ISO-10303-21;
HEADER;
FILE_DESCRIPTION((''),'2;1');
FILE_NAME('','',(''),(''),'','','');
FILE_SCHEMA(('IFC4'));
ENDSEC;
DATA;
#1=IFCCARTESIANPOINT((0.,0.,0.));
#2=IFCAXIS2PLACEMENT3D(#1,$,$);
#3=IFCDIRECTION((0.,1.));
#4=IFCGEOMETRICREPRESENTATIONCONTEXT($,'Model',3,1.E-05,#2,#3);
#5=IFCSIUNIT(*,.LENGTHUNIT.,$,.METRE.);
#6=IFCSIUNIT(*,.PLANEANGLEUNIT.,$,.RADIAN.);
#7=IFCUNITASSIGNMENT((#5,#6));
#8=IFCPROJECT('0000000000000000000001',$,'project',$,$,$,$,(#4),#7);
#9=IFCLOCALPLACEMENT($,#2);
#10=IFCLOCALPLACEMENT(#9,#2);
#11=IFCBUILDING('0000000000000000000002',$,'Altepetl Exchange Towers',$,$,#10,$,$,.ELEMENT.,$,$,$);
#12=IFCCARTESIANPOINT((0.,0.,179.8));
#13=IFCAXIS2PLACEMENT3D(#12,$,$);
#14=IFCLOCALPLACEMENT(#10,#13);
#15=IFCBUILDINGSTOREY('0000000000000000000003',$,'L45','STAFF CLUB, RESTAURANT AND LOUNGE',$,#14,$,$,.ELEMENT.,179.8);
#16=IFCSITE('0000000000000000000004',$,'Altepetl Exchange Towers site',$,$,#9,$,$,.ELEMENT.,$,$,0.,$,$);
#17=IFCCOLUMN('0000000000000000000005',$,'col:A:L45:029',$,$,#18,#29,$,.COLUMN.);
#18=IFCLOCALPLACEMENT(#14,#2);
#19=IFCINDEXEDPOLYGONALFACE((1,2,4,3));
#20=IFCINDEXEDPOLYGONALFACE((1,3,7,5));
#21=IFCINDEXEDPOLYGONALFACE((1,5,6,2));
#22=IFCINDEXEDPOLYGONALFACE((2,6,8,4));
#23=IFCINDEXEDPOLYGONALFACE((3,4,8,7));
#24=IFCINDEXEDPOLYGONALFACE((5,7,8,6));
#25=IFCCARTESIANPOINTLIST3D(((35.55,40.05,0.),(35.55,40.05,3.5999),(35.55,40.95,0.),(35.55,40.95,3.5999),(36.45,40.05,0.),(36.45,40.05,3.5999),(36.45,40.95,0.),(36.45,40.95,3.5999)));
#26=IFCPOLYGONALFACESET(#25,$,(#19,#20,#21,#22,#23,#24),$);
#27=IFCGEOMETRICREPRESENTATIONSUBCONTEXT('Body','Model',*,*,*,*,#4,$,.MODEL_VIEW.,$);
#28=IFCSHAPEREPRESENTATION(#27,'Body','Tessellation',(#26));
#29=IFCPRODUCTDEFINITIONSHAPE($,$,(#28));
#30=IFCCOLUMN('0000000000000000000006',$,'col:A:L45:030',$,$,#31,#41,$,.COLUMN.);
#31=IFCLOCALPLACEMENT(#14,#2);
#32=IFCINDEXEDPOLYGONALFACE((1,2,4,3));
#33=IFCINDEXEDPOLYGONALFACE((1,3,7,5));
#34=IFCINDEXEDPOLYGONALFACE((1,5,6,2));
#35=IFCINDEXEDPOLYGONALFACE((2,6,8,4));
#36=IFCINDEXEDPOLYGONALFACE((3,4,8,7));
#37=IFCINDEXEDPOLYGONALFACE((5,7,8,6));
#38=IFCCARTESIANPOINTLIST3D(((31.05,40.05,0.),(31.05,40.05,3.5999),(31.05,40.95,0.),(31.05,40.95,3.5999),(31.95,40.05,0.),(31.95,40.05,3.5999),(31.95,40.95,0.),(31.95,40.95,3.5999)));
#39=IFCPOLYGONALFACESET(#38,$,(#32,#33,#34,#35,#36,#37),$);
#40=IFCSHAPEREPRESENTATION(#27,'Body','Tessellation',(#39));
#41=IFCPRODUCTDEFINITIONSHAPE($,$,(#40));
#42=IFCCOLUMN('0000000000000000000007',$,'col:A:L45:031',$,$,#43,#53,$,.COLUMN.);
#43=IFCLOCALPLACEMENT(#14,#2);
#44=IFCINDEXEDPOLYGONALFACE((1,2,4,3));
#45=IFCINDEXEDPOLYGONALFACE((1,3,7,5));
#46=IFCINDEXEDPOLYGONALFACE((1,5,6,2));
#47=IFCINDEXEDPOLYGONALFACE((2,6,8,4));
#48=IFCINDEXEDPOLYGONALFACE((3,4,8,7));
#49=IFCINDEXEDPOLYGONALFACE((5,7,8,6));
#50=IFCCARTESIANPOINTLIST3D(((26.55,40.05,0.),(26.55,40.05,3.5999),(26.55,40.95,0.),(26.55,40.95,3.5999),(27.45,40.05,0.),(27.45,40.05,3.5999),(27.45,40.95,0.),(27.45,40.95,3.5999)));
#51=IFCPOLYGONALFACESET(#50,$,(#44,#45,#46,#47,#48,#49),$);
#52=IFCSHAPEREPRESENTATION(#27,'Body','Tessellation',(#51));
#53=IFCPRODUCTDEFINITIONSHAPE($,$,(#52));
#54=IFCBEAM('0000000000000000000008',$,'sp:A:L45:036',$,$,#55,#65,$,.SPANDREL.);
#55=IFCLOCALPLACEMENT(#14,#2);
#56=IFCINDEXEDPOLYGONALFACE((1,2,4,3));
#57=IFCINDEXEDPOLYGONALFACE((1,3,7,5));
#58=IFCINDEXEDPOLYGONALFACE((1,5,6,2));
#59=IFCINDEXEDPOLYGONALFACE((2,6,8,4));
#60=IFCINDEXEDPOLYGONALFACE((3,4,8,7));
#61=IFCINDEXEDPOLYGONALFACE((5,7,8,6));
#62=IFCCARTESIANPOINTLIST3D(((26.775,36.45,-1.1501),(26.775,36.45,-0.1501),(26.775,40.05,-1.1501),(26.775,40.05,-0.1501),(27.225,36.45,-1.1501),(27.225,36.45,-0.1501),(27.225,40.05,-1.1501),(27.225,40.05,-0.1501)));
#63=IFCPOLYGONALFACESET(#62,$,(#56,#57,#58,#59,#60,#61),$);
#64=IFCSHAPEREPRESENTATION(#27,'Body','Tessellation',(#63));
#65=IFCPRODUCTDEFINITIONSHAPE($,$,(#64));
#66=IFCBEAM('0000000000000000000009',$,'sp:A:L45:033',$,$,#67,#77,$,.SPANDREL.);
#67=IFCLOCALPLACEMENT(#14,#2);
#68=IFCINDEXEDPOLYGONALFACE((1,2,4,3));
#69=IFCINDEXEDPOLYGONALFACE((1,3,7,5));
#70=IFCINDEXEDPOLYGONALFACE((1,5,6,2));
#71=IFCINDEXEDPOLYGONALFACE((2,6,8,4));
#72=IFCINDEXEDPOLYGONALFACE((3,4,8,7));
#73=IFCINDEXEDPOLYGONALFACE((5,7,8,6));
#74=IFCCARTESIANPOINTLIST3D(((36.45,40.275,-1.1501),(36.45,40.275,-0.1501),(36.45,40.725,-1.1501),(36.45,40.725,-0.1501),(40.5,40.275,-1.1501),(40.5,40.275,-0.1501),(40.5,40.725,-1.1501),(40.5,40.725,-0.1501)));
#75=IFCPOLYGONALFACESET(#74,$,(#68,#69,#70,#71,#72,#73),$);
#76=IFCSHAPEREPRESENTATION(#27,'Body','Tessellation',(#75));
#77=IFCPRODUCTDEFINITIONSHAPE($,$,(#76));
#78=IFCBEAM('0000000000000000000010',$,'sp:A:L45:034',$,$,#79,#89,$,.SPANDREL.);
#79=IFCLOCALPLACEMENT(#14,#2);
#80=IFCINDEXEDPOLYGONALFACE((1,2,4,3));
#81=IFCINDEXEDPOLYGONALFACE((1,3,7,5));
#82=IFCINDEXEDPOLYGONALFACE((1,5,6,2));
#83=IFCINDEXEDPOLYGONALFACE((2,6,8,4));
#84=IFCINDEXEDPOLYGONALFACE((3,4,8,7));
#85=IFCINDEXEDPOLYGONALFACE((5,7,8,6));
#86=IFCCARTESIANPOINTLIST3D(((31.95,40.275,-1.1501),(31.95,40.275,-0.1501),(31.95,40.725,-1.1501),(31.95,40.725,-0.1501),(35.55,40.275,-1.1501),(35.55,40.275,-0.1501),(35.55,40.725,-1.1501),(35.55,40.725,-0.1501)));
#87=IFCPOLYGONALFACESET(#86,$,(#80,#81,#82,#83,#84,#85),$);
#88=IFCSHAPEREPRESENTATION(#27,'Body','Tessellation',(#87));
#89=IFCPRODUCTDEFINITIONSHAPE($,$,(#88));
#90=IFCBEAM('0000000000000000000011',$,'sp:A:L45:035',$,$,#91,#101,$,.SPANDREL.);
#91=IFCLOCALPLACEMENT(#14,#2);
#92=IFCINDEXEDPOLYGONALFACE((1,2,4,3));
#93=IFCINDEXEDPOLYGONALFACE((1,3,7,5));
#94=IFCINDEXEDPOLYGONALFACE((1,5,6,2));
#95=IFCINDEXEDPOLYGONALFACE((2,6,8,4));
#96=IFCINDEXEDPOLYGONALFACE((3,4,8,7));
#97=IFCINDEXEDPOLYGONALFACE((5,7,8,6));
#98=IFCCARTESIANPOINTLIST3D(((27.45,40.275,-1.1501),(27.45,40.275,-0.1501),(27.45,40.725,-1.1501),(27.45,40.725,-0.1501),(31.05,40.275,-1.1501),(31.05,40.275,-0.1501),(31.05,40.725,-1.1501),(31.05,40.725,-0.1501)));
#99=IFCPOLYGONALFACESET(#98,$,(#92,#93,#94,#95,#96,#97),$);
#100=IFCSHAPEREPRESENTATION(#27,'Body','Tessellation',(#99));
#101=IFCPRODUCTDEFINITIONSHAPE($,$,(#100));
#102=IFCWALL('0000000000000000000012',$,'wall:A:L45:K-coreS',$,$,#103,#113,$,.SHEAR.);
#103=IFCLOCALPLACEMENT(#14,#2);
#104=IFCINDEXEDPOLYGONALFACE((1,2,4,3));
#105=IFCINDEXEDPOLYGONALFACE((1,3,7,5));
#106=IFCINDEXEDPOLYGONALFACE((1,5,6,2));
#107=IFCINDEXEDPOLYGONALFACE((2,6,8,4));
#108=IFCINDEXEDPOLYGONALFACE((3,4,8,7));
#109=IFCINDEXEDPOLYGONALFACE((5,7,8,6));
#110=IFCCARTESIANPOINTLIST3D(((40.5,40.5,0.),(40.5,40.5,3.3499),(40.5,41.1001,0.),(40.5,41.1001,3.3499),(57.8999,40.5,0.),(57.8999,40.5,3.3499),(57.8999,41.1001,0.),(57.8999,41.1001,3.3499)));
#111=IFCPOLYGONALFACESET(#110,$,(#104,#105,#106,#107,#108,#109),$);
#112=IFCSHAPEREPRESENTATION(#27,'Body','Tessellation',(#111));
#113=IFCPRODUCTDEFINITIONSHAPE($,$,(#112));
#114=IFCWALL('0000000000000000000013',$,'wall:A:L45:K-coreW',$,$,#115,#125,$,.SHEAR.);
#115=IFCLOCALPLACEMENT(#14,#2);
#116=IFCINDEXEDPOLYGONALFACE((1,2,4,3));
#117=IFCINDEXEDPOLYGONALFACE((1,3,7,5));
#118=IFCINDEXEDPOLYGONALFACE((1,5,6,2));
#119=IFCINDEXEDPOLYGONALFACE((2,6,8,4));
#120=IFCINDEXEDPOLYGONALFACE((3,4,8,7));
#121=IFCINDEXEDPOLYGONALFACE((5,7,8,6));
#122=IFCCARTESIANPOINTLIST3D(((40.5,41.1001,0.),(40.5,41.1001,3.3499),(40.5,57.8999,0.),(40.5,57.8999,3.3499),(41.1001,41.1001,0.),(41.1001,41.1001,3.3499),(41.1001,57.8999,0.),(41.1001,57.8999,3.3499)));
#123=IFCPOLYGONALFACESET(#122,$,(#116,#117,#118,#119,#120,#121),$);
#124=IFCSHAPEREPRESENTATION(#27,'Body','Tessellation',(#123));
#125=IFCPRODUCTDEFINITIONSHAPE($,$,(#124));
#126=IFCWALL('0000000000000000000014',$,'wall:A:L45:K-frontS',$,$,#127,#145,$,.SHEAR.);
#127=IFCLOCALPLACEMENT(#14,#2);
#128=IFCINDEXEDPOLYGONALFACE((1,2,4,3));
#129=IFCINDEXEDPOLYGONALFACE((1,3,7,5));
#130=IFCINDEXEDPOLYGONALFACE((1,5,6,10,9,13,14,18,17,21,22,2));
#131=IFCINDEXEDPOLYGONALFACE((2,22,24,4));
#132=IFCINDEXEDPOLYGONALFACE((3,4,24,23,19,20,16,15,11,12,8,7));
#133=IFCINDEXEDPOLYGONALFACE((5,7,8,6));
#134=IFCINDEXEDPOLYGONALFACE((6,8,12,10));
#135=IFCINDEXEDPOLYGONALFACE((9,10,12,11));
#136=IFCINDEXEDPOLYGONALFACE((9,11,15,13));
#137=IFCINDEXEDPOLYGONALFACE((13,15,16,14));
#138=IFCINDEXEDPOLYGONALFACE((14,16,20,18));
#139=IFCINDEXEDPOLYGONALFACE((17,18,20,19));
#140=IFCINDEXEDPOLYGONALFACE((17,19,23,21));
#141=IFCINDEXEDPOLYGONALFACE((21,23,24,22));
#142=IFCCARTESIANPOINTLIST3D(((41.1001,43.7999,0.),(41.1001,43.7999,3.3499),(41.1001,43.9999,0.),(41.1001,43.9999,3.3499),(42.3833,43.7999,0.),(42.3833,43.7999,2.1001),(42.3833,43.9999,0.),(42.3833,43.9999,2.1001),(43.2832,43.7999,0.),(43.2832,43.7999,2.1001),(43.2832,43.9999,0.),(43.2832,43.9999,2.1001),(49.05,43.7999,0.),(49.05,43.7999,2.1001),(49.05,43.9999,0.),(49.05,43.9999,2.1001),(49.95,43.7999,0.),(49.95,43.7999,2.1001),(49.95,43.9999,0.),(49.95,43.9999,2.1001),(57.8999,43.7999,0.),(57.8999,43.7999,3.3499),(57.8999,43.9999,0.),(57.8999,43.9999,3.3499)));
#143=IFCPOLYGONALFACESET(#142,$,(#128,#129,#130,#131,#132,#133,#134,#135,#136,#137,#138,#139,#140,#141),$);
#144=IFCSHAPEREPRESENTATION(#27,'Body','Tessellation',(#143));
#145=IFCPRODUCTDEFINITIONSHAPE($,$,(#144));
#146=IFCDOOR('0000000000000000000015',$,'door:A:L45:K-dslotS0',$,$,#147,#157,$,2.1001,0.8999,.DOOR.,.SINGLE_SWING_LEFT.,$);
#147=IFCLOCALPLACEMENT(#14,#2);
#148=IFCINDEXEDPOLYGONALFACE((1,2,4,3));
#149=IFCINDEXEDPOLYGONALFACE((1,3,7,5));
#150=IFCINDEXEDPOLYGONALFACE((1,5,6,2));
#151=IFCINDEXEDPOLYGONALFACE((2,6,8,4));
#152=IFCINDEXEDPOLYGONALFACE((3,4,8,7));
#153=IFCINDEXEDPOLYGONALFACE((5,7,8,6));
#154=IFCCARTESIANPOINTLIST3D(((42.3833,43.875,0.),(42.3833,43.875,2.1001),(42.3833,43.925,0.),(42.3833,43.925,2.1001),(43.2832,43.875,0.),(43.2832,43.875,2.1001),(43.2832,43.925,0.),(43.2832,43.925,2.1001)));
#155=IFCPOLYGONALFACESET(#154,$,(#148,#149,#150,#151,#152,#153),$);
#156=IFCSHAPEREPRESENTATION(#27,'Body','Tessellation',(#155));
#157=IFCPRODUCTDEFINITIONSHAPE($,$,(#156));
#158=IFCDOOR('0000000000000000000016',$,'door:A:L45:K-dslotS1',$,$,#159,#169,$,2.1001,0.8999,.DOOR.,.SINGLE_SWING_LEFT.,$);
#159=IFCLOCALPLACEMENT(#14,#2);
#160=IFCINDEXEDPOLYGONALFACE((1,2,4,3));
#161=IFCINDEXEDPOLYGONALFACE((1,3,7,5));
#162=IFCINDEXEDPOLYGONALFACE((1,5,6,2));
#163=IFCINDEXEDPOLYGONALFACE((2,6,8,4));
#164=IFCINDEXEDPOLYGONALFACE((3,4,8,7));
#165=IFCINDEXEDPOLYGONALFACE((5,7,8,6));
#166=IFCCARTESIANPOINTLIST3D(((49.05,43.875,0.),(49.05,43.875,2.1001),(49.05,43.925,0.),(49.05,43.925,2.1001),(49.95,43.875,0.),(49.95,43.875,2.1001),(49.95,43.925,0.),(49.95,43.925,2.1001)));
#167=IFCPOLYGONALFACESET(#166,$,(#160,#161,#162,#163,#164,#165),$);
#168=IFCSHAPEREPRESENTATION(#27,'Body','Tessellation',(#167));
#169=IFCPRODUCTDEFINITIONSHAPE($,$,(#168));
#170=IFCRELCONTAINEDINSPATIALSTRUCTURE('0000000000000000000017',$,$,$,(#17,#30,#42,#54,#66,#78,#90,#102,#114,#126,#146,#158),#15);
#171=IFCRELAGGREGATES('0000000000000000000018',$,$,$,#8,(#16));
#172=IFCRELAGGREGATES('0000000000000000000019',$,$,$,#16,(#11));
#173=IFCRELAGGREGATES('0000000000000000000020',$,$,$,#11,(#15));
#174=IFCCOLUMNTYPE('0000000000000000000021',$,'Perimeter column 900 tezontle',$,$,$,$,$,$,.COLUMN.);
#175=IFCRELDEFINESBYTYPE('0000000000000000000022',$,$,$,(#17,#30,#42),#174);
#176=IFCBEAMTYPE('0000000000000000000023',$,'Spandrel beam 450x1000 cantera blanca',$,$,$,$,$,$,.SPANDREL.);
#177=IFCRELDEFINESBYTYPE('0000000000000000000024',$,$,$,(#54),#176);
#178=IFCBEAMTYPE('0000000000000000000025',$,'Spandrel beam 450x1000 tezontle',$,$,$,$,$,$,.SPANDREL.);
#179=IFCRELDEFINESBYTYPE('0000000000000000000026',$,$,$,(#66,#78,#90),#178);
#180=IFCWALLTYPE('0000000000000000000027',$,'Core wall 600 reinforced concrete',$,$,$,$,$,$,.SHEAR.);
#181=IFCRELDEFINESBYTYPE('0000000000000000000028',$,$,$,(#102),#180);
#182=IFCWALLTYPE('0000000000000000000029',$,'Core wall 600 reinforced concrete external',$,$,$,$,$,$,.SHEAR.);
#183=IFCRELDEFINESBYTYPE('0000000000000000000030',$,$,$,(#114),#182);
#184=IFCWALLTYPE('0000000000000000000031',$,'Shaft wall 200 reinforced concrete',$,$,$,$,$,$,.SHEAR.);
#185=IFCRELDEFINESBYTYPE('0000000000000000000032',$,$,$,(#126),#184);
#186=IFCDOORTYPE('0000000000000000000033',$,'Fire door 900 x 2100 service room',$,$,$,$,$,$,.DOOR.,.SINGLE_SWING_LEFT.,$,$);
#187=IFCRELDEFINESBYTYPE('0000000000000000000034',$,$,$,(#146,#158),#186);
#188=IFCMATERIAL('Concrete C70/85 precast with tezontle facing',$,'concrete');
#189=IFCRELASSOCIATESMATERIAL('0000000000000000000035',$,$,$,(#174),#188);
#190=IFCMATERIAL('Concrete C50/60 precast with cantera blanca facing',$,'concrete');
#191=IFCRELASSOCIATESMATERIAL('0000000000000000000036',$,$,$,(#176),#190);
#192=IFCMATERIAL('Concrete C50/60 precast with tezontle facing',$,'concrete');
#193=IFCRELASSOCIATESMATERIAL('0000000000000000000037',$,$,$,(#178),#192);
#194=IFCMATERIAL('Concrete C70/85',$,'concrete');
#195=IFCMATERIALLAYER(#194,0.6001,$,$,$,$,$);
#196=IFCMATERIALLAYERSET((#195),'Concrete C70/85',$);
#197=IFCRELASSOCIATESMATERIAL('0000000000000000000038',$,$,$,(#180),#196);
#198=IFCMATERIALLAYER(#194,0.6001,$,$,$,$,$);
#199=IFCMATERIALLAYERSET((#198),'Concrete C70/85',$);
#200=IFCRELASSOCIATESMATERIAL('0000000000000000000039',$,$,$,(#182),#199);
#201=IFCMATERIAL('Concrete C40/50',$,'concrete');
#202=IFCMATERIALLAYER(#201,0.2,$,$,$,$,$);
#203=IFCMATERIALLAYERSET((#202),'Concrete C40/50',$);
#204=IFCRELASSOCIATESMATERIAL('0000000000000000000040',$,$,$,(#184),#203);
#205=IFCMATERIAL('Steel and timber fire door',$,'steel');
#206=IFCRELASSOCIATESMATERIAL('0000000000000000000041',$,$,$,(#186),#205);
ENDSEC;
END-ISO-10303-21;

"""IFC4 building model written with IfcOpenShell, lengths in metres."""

from ifc_helpers import new_model, si_unit, direction, frame, frame_2d, origin, origin_2d, place, context, subcontext, project, spatial, rectangle, extrude, material, layer, layer_set, material_profile, profile_set, type_object, element, fill, save


model = new_model("IFC4")

# Units and contexts
model_context = context("Model", 3, precision=1e-05, world=origin(), true_north=direction((0.0, 1.0)))
body_context = subcontext(model_context, "Body", "Model", "MODEL_VIEW")
ifc_project = project(units=[si_unit("LENGTHUNIT", "METRE"), si_unit("PLANEANGLEUNIT", "RADIAN")], contexts=[model_context])

# Site, building, storey
site_placement = place(None, origin())
site = spatial("IfcSite", under=ifc_project, at=site_placement, Name="Altepetl Exchange Towers site", CompositionType="ELEMENT", RefElevation=0.0)
building_placement = place(site_placement, origin())
building = spatial("IfcBuilding", under=site, at=building_placement, Name="Altepetl Exchange Towers", CompositionType="ELEMENT")
storey_placement = place(building_placement, frame((0.0, 0.0, 179.8)))
storey = spatial("IfcBuildingStorey", under=building, at=storey_placement, Name="L45", Description="STAFF CLUB, RESTAURANT AND LOUNGE", CompositionType="ELEMENT", Elevation=179.8)

# Columns
ifc_material_1 = material(Name="Concrete C70/85 precast with tezontle facing", Category="concrete")
ifc_material_profile_1 = material_profile(ifc_material_1, rectangle(XDim=0.8999, YDim=0.8999, at=origin_2d()), Name="900 x 900")
ifc_profile_set_1 = profile_set([ifc_material_profile_1], Name="Concrete C70/85 precast with tezontle facing")
column_type = type_object("IfcColumnType", Name="Perimeter column 900 tezontle", PredefinedType="COLUMN", material=ifc_profile_set_1)
for number, where, name in (
    (1, (36.0, 40.5, 0.0), "col:A:L45:029"),
    (2, (31.5, 40.5, 0.0), "col:A:L45:030"),
    (3, (27.0, 40.5, 0.0), "col:A:L45:031"),
):
    element("IfcColumn", number, at=place(storey_placement, frame(where)), inside=storey, type_object=column_type, Name=name, PredefinedType="COLUMN", context=body_context, shape_type="SweptSolid", body=[
        extrude(rectangle(XDim=0.8999, YDim=0.8999, at=origin_2d()), origin(), (0.0, 0.0, 1.0), 3.5999),
    ])

# Beams
ifc_material_2 = material(Name="Concrete C50/60 precast with cantera blanca facing", Category="concrete")
ifc_material_profile_2 = material_profile(ifc_material_2, rectangle(XDim=0.45, YDim=1.0, at=origin_2d()), Name="450 x 1000")
ifc_profile_set_2 = profile_set([ifc_material_profile_2], Name="Concrete C50/60 precast with cantera blanca facing")
beam_type_1 = type_object("IfcBeamType", Name="Spandrel beam 450x1000 cantera blanca", PredefinedType="SPANDREL", material=ifc_profile_set_2)
beam_1_placement = place(storey_placement, frame((27.0, 40.05, -0.6501), z_axis=(0.0, -1.0, 0.0), x_axis=(1.0, 0.0, 0.0)))
element("IfcBeam", 4, at=beam_1_placement, inside=storey, type_object=beam_type_1, Name="sp:A:L45:036", PredefinedType="SPANDREL", context=body_context, shape_type="SweptSolid", body=[
    extrude(rectangle(XDim=0.45, YDim=1.0, at=origin_2d()), origin(), (0.0, 0.0, 1.0), 3.6001),
])
ifc_material_3 = material(Name="Concrete C50/60 precast with tezontle facing", Category="concrete")
ifc_material_profile_3 = material_profile(ifc_material_3, rectangle(XDim=0.45, YDim=1.0, at=origin_2d()), Name="450 x 1000")
ifc_profile_set_3 = profile_set([ifc_material_profile_3], Name="Concrete C50/60 precast with tezontle facing")
beam_type_2 = type_object("IfcBeamType", Name="Spandrel beam 450x1000 tezontle", PredefinedType="SPANDREL", material=ifc_profile_set_3)
beam_2_placement = place(storey_placement, frame((40.5, 40.5, -0.6501), z_axis=(-1.0, 0.0, 0.0), x_axis=(0.0, -1.0, 0.0)))
element("IfcBeam", 5, at=beam_2_placement, inside=storey, type_object=beam_type_2, Name="sp:A:L45:033", PredefinedType="SPANDREL", context=body_context, shape_type="SweptSolid", body=[
    extrude(rectangle(XDim=0.45, YDim=1.0, at=origin_2d()), origin(), (0.0, 0.0, 1.0), 4.05),
])
for number, where, z_axis, x_axis, name in (
    (6, (35.55, 40.5, -0.6501), (-1.0, 0.0, 0.0), (0.0, -1.0, 0.0), "sp:A:L45:034"),
    (7, (31.05, 40.5, -0.6501), (-1.0, 0.0, 0.0), (0.0, -1.0, 0.0), "sp:A:L45:035"),
):
    element("IfcBeam", number, at=place(storey_placement, frame(where, z_axis=z_axis, x_axis=x_axis)), inside=storey, type_object=beam_type_2, Name=name, PredefinedType="SPANDREL", context=body_context, shape_type="SweptSolid", body=[
        extrude(rectangle(XDim=0.45, YDim=1.0, at=origin_2d()), origin(), (0.0, 0.0, 1.0), 3.6001),
    ])

# Walls
ifc_material_4 = material(Name="Concrete C70/85", Category="concrete")
ifc_layer_1 = layer(ifc_material_4, 0.6001)
ifc_layer_set_1 = layer_set([ifc_layer_1], Name="Concrete C70/85")
wall_type_1 = type_object("IfcWallType", Name="Core wall 600 reinforced concrete", PredefinedType="SHEAR", material=ifc_layer_set_1)
wall_1_placement = place(storey_placement, frame((40.5, 40.8, 0.0)))
element("IfcWall", 8, at=wall_1_placement, inside=storey, type_object=wall_type_1, Name="wall:A:L45:K-coreS", PredefinedType="SHEAR", context=body_context, shape_type="SweptSolid", body=[
    extrude(rectangle(XDim=17.3999, YDim=0.6001, at=frame_2d((8.7, 0.0))), origin(), (0.0, 0.0, 1.0), 3.3499),
])
ifc_layer_2 = layer(ifc_material_4, 0.6001)
ifc_layer_set_2 = layer_set([ifc_layer_2], Name="Concrete C70/85")
wall_type_2 = type_object("IfcWallType", Name="Core wall 600 reinforced concrete external", PredefinedType="SHEAR", material=ifc_layer_set_2)
wall_2_placement = place(storey_placement, frame((40.8, 41.1001, 0.0), z_axis=(0.0, 0.0, 1.0), x_axis=(0.0, 1.0, 0.0)))
element("IfcWall", 9, at=wall_2_placement, inside=storey, type_object=wall_type_2, Name="wall:A:L45:K-coreW", PredefinedType="SHEAR", context=body_context, shape_type="SweptSolid", body=[
    extrude(rectangle(XDim=16.7998, YDim=0.6001, at=frame_2d((8.3999, 0.0))), origin(), (0.0, 0.0, 1.0), 3.3499),
])

# Wall, openings, doors
ifc_material_5 = material(Name="Concrete C40/50", Category="concrete")
ifc_layer_3 = layer(ifc_material_5, 0.2)
ifc_layer_set_3 = layer_set([ifc_layer_3], Name="Concrete C40/50")
wall_type_3 = type_object("IfcWallType", Name="Shaft wall 200 reinforced concrete", PredefinedType="SHEAR", material=ifc_layer_set_3)
wall_3_placement = place(storey_placement, frame((41.1001, 43.8999, 0.0)))
wall_3 = element("IfcWall", 10, at=wall_3_placement, inside=storey, type_object=wall_type_3, Name="wall:A:L45:K-frontS", PredefinedType="SHEAR", context=body_context, shape_type="SweptSolid", body=[
    extrude(rectangle(XDim=16.7998, YDim=0.2, at=frame_2d((8.3999, 0.0))), origin(), (0.0, 0.0, 1.0), 3.3499),
])
opening_1_placement = place(wall_3_placement, frame((1.2832, 0.0, 0.0)))
opening_1 = element("IfcOpeningElement", 11, at=opening_1_placement, cuts=wall_3, PredefinedType="OPENING", context=body_context, shape_type="SweptSolid", body=[
    extrude(rectangle(XDim=0.8999, YDim=2.1001, at=frame_2d((0.45, 1.05))), frame((0.0, 0.1099, 0.0), z_axis=(0.0, -1.0, 0.0), x_axis=(1.0, 0.0, 0.0)), (0.0, 0.0, 1.0), 0.22),
])
opening_2_placement = place(wall_3_placement, frame((7.95, 0.0, 0.0)))
opening_2 = element("IfcOpeningElement", 12, at=opening_2_placement, cuts=wall_3, PredefinedType="OPENING", context=body_context, shape_type="SweptSolid", body=[
    extrude(rectangle(XDim=0.8999, YDim=2.1001, at=frame_2d((0.45, 1.05))), frame((0.0, 0.1099, 0.0), z_axis=(0.0, -1.0, 0.0), x_axis=(1.0, 0.0, 0.0)), (0.0, 0.0, 1.0), 0.22),
])
ifc_material_6 = material(Name="Steel and timber fire door", Category="steel")
door_type_1 = type_object("IfcDoorType", Name="Fire door 900 x 2100 service room", OperationType="SINGLE_SWING_LEFT", PredefinedType="DOOR", material=ifc_material_6)
door_1_placement = place(opening_1_placement, frame((0.8999, 0.0, 0.0), x_axis=(-1.0, 0.0, 0.0)))
door_1 = element("IfcDoor", 13, at=door_1_placement, inside=storey, type_object=door_type_1, Name="door:A:L45:K-dslotS0", OperationType="SINGLE_SWING_LEFT", OverallHeight=2.1001, OverallWidth=0.8999, PredefinedType="DOOR", context=body_context, shape_type="SweptSolid", body=[
    extrude(rectangle(XDim=0.8999, YDim=2.1001, at=frame_2d((0.45, 1.05))), frame((0.0, 0.0249, 0.0), z_axis=(0.0, -1.0, 0.0), x_axis=(1.0, 0.0, 0.0)), (0.0, 0.0, 1.0), 0.05),
])
fill(opening_1, door_1)
door_2_placement = place(opening_2_placement, frame((0.8999, 0.0, 0.0), x_axis=(-1.0, 0.0, 0.0)))
door_2 = element("IfcDoor", 14, at=door_2_placement, inside=storey, type_object=door_type_1, Name="door:A:L45:K-dslotS1", OperationType="SINGLE_SWING_LEFT", OverallHeight=2.1001, OverallWidth=0.8999, PredefinedType="DOOR", context=body_context, shape_type="SweptSolid", body=[
    extrude(rectangle(XDim=0.8999, YDim=2.1001, at=frame_2d((0.45, 1.05))), frame((0.0, 0.0249, 0.0), z_axis=(0.0, -1.0, 0.0), x_axis=(1.0, 0.0, 0.0)), (0.0, 0.0, 1.0), 0.05),
])
fill(opening_2, door_2)

save(model, "model.ifc")
